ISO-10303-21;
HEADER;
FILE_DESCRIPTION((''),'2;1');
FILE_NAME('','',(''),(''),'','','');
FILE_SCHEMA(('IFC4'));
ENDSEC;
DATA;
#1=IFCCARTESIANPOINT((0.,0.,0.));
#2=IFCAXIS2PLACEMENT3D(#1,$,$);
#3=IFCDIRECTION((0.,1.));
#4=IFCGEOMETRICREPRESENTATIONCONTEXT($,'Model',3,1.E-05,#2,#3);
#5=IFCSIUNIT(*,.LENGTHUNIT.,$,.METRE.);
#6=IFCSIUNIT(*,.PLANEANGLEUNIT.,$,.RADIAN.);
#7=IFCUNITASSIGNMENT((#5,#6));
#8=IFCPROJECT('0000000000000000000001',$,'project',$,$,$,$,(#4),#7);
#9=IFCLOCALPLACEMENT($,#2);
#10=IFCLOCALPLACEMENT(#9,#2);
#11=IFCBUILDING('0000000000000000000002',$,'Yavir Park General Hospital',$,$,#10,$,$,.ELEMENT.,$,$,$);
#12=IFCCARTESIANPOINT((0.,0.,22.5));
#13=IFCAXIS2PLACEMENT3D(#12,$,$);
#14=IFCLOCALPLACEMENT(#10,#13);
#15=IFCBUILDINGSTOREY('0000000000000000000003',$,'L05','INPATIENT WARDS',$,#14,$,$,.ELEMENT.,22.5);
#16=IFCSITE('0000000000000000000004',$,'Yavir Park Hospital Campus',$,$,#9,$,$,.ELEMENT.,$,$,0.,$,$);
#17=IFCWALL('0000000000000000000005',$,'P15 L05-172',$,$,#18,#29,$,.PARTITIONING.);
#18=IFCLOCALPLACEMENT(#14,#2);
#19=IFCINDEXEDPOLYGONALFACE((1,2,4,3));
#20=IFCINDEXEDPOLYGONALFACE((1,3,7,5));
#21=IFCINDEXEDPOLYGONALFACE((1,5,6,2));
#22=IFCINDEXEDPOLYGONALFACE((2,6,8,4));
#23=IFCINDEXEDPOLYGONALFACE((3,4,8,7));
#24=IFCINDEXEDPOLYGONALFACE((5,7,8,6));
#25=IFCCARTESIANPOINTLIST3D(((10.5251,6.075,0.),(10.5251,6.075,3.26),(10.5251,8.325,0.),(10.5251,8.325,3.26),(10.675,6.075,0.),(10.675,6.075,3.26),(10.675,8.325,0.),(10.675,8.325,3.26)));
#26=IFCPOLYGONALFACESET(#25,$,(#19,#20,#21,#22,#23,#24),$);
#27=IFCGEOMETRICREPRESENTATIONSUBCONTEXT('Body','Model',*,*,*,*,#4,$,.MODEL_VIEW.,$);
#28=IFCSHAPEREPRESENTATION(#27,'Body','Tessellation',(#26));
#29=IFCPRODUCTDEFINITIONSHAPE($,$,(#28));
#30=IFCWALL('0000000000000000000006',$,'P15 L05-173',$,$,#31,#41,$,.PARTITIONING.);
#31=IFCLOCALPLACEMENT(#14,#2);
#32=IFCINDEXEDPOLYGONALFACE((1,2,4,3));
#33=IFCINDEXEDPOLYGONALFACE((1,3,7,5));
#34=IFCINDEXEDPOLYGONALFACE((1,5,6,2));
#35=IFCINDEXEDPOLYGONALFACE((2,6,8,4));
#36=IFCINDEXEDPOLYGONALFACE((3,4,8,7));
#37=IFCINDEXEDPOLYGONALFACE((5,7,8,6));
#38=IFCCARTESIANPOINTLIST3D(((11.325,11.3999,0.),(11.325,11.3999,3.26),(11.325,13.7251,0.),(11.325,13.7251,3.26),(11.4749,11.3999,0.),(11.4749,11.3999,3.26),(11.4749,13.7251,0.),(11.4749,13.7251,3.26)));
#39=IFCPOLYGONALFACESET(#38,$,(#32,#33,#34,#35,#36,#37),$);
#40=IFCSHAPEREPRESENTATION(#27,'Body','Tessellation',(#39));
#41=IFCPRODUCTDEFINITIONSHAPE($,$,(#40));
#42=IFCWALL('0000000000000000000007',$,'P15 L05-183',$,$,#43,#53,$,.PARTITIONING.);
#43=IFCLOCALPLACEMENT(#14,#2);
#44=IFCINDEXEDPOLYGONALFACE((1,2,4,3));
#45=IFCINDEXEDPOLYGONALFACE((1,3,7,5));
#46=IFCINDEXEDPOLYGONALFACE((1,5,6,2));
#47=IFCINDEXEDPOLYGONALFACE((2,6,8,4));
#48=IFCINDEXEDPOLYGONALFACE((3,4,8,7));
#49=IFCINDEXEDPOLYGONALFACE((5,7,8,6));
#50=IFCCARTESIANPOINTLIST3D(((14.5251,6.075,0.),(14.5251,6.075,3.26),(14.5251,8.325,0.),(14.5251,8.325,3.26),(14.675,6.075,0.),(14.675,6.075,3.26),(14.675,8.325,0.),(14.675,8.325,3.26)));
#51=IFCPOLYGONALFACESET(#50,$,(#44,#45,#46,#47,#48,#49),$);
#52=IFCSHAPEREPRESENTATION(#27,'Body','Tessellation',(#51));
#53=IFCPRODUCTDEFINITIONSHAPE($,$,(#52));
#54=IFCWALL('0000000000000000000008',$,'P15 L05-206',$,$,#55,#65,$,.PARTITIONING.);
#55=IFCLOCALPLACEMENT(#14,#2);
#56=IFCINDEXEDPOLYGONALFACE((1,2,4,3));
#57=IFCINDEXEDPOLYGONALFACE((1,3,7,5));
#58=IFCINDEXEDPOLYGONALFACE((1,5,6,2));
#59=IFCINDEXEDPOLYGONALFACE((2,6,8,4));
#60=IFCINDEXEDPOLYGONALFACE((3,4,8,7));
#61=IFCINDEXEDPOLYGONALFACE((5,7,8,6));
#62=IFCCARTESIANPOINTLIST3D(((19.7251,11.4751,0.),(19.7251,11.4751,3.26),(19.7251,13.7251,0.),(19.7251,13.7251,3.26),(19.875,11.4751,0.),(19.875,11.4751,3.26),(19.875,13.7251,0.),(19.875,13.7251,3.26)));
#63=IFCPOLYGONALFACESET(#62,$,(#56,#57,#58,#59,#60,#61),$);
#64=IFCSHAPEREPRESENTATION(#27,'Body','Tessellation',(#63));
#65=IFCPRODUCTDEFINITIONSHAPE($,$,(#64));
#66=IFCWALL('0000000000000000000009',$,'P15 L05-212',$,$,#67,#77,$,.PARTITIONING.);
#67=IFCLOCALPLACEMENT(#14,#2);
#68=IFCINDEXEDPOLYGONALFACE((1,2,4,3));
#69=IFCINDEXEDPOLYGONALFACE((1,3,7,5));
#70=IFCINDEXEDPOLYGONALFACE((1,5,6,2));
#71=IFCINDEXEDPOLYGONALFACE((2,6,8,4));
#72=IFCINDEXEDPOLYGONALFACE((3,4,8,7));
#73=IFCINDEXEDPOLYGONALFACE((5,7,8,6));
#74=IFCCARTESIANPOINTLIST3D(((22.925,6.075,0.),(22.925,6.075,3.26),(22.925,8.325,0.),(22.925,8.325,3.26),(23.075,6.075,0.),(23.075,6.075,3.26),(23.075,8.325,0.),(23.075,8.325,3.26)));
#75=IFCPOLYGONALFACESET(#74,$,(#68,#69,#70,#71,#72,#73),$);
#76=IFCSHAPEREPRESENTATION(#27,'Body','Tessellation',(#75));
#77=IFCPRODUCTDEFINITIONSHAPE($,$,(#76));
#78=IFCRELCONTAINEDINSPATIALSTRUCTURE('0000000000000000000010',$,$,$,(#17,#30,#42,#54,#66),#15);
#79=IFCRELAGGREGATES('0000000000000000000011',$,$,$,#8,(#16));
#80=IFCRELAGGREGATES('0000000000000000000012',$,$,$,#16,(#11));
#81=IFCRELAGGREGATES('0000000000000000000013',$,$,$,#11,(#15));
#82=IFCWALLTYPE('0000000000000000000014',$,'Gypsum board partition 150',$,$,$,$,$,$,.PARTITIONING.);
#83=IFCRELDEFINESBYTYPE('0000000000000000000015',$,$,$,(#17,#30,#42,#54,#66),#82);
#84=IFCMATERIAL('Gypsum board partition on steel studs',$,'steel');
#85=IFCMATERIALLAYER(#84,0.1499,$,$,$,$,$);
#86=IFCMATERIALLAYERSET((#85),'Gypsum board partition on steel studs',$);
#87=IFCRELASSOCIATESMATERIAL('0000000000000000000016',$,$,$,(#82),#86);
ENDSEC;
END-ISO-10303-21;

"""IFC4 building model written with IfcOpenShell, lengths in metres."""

from ifc_helpers import new_model, si_unit, direction, frame, frame_2d, origin, place, context, subcontext, project, spatial, rectangle, extrude, material, layer, layer_set, type_object, element, save


model = new_model("IFC4")

# Units and contexts
model_context = context("Model", 3, precision=1e-05, world=origin(), true_north=direction((0.0, 1.0)))
body_context = subcontext(model_context, "Body", "Model", "MODEL_VIEW")
ifc_project = project(units=[si_unit("LENGTHUNIT", "METRE"), si_unit("PLANEANGLEUNIT", "RADIAN")], contexts=[model_context])

# Site, building, storey
site_placement = place(None, origin())
site = spatial("IfcSite", under=ifc_project, at=site_placement, Name="Yavir Park Hospital Campus", CompositionType="ELEMENT", RefElevation=0.0)
building_placement = place(site_placement, origin())
building = spatial("IfcBuilding", under=site, at=building_placement, Name="Yavir Park General Hospital", CompositionType="ELEMENT")
storey_placement = place(building_placement, frame((0.0, 0.0, 22.5)))
storey = spatial("IfcBuildingStorey", under=building, at=storey_placement, Name="L05", Description="INPATIENT WARDS", CompositionType="ELEMENT", Elevation=22.5)

# Shared definitions
ifc_material_1 = material(Name="Gypsum board partition on steel studs", Category="steel")
ifc_layer_1 = layer(ifc_material_1, 0.1499)
ifc_layer_set_1 = layer_set([ifc_layer_1], Name="Gypsum board partition on steel studs")
wall_type_1 = type_object("IfcWallType", Name="Gypsum board partition 150", PredefinedType="PARTITIONING", material=ifc_layer_set_1)

# Walls
wall_1_placement = place(storey_placement, frame((10.6001, 6.075, 0.0), z_axis=(0.0, 0.0, 1.0), x_axis=(0.0, 1.0, 0.0)))
element("IfcWall", 1, at=wall_1_placement, inside=storey, type_object=wall_type_1, Name="P15 L05-172", PredefinedType="PARTITIONING", context=body_context, shape_type="SweptSolid", body=[
    extrude(rectangle(XDim=2.25, YDim=0.1499, at=frame_2d((1.125, 0.0))), origin(), (0.0, 0.0, 1.0), 3.26),
])
wall_2_placement = place(storey_placement, frame((11.3999, 11.3999, 0.0), z_axis=(0.0, 0.0, 1.0), x_axis=(0.0, 1.0, 0.0)))
element("IfcWall", 2, at=wall_2_placement, inside=storey, type_object=wall_type_1, Name="P15 L05-173", PredefinedType="PARTITIONING", context=body_context, shape_type="SweptSolid", body=[
    extrude(rectangle(XDim=2.3252, YDim=0.1499, at=frame_2d((1.1626, 0.0))), origin(), (0.0, 0.0, 1.0), 3.26),
])
for number, where, z_axis, x_axis, name in (
    (3, (14.6001, 6.075, 0.0), (0.0, 0.0, 1.0), (0.0, 1.0, 0.0), "P15 L05-183"),
    (4, (19.8, 11.4751, 0.0), (0.0, 0.0, 1.0), (0.0, 1.0, 0.0), "P15 L05-206"),
    (5, (23.0, 6.075, 0.0), (0.0, 0.0, 1.0), (0.0, 1.0, 0.0), "P15 L05-212"),
):
    element("IfcWall", number, at=place(storey_placement, frame(where, z_axis=z_axis, x_axis=x_axis)), inside=storey, type_object=wall_type_1, Name=name, PredefinedType="PARTITIONING", context=body_context, shape_type="SweptSolid", body=[
        extrude(rectangle(XDim=2.25, YDim=0.1499, at=frame_2d((1.125, 0.0))), origin(), (0.0, 0.0, 1.0), 3.26),
    ])

save(model, "model.ifc")
